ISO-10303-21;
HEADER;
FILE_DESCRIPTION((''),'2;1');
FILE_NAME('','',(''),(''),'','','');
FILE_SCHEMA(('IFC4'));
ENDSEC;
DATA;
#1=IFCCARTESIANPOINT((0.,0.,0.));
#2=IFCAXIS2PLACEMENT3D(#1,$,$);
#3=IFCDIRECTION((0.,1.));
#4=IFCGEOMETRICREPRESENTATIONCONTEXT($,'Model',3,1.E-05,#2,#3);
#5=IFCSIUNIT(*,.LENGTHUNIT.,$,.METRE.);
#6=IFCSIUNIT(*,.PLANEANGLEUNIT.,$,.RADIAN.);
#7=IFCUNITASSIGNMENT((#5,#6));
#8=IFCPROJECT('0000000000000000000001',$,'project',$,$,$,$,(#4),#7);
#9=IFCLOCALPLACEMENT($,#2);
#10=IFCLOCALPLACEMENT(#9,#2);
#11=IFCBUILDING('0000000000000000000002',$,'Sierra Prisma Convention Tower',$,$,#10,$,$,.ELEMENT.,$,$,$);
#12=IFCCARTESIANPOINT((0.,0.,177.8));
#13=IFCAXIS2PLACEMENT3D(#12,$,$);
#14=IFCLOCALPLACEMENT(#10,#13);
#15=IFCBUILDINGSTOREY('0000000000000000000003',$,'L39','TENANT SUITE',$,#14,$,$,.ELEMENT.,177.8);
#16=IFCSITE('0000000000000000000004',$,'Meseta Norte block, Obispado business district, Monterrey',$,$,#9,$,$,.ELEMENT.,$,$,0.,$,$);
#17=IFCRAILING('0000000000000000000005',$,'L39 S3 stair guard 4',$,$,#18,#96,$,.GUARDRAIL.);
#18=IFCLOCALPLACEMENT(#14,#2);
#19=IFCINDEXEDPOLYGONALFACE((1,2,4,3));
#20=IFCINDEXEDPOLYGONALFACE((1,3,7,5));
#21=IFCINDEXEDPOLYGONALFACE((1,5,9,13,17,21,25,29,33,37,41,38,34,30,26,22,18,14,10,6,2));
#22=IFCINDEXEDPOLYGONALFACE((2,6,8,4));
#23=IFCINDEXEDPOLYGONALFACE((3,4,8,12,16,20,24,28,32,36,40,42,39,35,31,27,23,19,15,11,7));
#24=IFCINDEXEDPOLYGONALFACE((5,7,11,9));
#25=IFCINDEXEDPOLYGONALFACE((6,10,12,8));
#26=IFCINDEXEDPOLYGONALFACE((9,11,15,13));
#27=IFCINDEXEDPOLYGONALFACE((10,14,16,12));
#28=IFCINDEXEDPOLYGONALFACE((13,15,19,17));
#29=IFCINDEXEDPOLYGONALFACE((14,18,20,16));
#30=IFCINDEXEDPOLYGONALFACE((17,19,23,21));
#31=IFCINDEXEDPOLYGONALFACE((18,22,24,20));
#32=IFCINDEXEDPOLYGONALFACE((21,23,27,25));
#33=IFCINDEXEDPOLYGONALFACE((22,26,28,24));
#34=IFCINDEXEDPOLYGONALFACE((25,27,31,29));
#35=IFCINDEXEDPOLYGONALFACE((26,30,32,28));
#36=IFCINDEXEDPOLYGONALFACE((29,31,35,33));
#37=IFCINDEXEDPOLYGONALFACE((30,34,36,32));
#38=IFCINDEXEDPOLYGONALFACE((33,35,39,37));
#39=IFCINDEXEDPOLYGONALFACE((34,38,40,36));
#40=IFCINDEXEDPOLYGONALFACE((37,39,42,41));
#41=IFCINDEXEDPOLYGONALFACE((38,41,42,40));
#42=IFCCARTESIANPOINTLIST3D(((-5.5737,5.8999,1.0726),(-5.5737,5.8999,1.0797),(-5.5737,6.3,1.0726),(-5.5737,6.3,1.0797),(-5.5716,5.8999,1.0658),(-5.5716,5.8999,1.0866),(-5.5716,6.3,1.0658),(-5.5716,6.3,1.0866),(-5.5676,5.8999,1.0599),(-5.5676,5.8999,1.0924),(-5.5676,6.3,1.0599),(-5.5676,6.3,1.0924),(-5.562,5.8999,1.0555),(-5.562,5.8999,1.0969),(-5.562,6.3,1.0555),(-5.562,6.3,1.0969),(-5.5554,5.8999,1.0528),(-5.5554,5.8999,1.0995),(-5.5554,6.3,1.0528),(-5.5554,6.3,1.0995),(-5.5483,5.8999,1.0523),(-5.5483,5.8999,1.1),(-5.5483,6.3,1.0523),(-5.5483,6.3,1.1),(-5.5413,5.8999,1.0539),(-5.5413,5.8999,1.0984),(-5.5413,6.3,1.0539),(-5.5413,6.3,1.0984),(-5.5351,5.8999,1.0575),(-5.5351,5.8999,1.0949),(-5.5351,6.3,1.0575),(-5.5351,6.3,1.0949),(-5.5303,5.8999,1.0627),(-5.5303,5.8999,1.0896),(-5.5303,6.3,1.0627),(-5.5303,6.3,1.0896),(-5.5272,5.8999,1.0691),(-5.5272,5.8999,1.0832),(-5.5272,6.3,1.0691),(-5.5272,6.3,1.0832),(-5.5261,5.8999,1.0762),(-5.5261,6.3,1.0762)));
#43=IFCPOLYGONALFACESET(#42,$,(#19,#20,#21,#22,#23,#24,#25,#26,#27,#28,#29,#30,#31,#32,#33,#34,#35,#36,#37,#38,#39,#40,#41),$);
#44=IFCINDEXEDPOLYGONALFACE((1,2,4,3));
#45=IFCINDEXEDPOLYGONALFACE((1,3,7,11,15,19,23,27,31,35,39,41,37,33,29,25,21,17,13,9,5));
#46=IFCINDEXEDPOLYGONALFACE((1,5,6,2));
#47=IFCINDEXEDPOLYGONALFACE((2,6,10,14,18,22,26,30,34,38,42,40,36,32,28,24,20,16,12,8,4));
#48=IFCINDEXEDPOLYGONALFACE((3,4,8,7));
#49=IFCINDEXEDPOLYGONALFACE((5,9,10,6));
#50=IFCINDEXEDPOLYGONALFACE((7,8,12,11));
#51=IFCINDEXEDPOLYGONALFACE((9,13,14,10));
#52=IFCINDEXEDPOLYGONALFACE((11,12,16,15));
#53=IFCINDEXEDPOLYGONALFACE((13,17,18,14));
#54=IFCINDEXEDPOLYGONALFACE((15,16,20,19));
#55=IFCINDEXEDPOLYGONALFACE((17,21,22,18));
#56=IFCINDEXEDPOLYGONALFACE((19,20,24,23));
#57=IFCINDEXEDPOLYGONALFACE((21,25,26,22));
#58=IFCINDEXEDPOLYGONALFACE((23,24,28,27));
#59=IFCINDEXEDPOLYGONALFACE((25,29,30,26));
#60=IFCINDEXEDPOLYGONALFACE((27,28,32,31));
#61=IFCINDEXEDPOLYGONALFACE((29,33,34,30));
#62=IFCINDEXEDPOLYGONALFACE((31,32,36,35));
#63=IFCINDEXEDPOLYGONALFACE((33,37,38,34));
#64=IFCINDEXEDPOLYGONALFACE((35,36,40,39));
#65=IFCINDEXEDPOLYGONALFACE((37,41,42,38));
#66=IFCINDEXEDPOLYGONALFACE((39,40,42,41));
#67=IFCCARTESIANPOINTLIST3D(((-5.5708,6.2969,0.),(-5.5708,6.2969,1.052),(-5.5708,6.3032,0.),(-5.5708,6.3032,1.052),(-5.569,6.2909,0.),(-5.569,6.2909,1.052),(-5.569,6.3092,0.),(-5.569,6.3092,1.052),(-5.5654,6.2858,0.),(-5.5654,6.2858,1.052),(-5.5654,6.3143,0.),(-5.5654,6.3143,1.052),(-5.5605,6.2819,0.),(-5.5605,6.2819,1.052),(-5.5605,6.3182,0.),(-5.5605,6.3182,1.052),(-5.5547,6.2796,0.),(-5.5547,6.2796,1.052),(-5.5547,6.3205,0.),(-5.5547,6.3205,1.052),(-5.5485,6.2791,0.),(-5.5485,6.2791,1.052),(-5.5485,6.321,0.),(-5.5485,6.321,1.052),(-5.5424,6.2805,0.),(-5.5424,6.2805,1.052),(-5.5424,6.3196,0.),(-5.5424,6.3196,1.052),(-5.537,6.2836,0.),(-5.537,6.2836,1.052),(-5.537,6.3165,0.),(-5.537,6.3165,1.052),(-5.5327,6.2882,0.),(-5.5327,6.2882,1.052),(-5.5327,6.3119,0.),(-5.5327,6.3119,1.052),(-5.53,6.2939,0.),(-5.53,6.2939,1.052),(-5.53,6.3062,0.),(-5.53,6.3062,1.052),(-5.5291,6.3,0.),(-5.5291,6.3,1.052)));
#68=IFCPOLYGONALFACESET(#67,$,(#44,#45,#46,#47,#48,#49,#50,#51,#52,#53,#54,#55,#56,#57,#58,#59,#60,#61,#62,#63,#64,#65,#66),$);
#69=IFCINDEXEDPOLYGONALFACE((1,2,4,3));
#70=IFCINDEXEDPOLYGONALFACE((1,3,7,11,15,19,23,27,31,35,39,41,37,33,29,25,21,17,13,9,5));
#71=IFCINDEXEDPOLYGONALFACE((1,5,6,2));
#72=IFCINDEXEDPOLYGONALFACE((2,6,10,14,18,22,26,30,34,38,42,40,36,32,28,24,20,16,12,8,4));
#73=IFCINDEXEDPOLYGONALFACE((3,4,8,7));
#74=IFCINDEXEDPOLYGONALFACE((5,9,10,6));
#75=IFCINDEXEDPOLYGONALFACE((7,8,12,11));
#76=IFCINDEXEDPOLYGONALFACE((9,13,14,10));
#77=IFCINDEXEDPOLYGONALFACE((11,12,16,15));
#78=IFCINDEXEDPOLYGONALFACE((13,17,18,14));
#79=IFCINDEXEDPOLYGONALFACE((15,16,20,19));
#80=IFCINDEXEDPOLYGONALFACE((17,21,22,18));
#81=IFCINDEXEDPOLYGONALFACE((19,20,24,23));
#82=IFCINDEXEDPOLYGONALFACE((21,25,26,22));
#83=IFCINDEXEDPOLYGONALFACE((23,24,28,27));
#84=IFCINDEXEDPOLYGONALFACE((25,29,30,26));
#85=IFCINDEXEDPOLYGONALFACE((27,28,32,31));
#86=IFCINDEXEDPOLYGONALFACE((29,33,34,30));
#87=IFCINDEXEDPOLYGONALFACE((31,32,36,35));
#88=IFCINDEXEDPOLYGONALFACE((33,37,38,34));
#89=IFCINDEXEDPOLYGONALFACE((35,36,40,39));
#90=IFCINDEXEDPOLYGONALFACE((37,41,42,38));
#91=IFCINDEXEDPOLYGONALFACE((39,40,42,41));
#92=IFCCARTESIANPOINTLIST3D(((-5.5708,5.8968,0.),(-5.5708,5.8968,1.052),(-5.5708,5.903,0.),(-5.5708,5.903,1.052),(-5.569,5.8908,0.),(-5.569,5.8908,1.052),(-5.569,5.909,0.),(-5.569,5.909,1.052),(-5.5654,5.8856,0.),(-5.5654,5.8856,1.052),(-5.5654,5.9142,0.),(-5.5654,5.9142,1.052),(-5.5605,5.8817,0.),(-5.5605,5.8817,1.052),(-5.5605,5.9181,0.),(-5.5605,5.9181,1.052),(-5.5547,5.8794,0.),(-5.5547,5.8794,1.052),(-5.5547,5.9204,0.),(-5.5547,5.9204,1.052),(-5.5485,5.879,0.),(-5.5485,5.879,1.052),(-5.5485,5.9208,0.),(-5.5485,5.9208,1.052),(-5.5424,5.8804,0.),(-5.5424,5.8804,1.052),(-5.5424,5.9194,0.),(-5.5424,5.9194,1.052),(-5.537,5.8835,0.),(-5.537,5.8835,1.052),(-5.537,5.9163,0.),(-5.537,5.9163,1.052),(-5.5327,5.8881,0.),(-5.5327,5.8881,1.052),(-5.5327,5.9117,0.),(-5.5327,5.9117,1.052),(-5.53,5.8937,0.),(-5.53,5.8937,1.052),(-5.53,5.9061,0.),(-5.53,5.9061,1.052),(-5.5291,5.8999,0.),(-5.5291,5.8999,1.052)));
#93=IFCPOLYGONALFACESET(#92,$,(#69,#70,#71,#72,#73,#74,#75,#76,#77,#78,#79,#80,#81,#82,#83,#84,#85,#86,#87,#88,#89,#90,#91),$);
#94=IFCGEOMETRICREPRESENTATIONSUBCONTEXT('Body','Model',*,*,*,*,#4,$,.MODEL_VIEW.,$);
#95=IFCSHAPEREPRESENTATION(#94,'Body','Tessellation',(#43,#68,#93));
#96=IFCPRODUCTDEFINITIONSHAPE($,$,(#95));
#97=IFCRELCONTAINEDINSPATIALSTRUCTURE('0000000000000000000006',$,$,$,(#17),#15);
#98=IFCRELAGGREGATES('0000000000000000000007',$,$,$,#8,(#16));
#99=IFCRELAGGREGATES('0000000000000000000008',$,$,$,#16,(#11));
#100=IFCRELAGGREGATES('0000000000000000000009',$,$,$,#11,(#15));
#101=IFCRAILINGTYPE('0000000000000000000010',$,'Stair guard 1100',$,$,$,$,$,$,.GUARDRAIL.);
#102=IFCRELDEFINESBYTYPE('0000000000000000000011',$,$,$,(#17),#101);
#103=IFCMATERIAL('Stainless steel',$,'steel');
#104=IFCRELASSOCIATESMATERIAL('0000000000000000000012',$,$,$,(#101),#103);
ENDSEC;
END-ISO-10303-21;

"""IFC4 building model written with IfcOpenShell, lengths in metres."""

from ifc_helpers import new_model, si_unit, direction, frame, origin, origin_2d, place, context, subcontext, project, spatial, circle, extrude, material, type_object, element, save


model = new_model("IFC4")

# Units and contexts
model_context = context("Model", 3, precision=1e-05, world=origin(), true_north=direction((0.0, 1.0)))
body_context = subcontext(model_context, "Body", "Model", "MODEL_VIEW")
ifc_project = project(units=[si_unit("LENGTHUNIT", "METRE"), si_unit("PLANEANGLEUNIT", "RADIAN")], contexts=[model_context])

# Site, building, storey
site_placement = place(None, origin())
site = spatial("IfcSite", under=ifc_project, at=site_placement, Name="Meseta Norte block, Obispado business district, Monterrey", CompositionType="ELEMENT", RefElevation=0.0)
building_placement = place(site_placement, origin())
building = spatial("IfcBuilding", under=site, at=building_placement, Name="Sierra Prisma Convention Tower", CompositionType="ELEMENT")
storey_placement = place(building_placement, frame((0.0, 0.0, 177.8)))
storey = spatial("IfcBuildingStorey", under=building, at=storey_placement, Name="L39", Description="TENANT SUITE", CompositionType="ELEMENT", Elevation=177.8)

# Railing
ifc_material_1 = material(Name="Stainless steel", Category="steel")
railing_type_1 = type_object("IfcRailingType", Name="Stair guard 1100", PredefinedType="GUARDRAIL", material=ifc_material_1)
railing_1_placement = place(storey_placement, frame((-5.55, 6.3, 0.0)))
element("IfcRailing", 1, at=railing_1_placement, inside=storey, type_object=railing_type_1, Name="L39 S3 stair guard 4", PredefinedType="GUARDRAIL", context=body_context, shape_type="SweptSolid", body=[
    extrude(circle(Radius=0.0239, at=origin_2d()), frame((0.0, 0.0, 1.0762), z_axis=(0.0, -1.0, 0.0), x_axis=(1.0, 0.0, 0.0)), (0.0, 0.0, 1.0), 0.4001),
    extrude(circle(Radius=0.021, at=origin_2d()), origin(), (0.0, 0.0, 1.0), 1.052),
    extrude(circle(Radius=0.021, at=origin_2d()), frame((0.0, -0.4001, 0.0)), (0.0, 0.0, 1.0), 1.052),
])

save(model, "model.ifc")
